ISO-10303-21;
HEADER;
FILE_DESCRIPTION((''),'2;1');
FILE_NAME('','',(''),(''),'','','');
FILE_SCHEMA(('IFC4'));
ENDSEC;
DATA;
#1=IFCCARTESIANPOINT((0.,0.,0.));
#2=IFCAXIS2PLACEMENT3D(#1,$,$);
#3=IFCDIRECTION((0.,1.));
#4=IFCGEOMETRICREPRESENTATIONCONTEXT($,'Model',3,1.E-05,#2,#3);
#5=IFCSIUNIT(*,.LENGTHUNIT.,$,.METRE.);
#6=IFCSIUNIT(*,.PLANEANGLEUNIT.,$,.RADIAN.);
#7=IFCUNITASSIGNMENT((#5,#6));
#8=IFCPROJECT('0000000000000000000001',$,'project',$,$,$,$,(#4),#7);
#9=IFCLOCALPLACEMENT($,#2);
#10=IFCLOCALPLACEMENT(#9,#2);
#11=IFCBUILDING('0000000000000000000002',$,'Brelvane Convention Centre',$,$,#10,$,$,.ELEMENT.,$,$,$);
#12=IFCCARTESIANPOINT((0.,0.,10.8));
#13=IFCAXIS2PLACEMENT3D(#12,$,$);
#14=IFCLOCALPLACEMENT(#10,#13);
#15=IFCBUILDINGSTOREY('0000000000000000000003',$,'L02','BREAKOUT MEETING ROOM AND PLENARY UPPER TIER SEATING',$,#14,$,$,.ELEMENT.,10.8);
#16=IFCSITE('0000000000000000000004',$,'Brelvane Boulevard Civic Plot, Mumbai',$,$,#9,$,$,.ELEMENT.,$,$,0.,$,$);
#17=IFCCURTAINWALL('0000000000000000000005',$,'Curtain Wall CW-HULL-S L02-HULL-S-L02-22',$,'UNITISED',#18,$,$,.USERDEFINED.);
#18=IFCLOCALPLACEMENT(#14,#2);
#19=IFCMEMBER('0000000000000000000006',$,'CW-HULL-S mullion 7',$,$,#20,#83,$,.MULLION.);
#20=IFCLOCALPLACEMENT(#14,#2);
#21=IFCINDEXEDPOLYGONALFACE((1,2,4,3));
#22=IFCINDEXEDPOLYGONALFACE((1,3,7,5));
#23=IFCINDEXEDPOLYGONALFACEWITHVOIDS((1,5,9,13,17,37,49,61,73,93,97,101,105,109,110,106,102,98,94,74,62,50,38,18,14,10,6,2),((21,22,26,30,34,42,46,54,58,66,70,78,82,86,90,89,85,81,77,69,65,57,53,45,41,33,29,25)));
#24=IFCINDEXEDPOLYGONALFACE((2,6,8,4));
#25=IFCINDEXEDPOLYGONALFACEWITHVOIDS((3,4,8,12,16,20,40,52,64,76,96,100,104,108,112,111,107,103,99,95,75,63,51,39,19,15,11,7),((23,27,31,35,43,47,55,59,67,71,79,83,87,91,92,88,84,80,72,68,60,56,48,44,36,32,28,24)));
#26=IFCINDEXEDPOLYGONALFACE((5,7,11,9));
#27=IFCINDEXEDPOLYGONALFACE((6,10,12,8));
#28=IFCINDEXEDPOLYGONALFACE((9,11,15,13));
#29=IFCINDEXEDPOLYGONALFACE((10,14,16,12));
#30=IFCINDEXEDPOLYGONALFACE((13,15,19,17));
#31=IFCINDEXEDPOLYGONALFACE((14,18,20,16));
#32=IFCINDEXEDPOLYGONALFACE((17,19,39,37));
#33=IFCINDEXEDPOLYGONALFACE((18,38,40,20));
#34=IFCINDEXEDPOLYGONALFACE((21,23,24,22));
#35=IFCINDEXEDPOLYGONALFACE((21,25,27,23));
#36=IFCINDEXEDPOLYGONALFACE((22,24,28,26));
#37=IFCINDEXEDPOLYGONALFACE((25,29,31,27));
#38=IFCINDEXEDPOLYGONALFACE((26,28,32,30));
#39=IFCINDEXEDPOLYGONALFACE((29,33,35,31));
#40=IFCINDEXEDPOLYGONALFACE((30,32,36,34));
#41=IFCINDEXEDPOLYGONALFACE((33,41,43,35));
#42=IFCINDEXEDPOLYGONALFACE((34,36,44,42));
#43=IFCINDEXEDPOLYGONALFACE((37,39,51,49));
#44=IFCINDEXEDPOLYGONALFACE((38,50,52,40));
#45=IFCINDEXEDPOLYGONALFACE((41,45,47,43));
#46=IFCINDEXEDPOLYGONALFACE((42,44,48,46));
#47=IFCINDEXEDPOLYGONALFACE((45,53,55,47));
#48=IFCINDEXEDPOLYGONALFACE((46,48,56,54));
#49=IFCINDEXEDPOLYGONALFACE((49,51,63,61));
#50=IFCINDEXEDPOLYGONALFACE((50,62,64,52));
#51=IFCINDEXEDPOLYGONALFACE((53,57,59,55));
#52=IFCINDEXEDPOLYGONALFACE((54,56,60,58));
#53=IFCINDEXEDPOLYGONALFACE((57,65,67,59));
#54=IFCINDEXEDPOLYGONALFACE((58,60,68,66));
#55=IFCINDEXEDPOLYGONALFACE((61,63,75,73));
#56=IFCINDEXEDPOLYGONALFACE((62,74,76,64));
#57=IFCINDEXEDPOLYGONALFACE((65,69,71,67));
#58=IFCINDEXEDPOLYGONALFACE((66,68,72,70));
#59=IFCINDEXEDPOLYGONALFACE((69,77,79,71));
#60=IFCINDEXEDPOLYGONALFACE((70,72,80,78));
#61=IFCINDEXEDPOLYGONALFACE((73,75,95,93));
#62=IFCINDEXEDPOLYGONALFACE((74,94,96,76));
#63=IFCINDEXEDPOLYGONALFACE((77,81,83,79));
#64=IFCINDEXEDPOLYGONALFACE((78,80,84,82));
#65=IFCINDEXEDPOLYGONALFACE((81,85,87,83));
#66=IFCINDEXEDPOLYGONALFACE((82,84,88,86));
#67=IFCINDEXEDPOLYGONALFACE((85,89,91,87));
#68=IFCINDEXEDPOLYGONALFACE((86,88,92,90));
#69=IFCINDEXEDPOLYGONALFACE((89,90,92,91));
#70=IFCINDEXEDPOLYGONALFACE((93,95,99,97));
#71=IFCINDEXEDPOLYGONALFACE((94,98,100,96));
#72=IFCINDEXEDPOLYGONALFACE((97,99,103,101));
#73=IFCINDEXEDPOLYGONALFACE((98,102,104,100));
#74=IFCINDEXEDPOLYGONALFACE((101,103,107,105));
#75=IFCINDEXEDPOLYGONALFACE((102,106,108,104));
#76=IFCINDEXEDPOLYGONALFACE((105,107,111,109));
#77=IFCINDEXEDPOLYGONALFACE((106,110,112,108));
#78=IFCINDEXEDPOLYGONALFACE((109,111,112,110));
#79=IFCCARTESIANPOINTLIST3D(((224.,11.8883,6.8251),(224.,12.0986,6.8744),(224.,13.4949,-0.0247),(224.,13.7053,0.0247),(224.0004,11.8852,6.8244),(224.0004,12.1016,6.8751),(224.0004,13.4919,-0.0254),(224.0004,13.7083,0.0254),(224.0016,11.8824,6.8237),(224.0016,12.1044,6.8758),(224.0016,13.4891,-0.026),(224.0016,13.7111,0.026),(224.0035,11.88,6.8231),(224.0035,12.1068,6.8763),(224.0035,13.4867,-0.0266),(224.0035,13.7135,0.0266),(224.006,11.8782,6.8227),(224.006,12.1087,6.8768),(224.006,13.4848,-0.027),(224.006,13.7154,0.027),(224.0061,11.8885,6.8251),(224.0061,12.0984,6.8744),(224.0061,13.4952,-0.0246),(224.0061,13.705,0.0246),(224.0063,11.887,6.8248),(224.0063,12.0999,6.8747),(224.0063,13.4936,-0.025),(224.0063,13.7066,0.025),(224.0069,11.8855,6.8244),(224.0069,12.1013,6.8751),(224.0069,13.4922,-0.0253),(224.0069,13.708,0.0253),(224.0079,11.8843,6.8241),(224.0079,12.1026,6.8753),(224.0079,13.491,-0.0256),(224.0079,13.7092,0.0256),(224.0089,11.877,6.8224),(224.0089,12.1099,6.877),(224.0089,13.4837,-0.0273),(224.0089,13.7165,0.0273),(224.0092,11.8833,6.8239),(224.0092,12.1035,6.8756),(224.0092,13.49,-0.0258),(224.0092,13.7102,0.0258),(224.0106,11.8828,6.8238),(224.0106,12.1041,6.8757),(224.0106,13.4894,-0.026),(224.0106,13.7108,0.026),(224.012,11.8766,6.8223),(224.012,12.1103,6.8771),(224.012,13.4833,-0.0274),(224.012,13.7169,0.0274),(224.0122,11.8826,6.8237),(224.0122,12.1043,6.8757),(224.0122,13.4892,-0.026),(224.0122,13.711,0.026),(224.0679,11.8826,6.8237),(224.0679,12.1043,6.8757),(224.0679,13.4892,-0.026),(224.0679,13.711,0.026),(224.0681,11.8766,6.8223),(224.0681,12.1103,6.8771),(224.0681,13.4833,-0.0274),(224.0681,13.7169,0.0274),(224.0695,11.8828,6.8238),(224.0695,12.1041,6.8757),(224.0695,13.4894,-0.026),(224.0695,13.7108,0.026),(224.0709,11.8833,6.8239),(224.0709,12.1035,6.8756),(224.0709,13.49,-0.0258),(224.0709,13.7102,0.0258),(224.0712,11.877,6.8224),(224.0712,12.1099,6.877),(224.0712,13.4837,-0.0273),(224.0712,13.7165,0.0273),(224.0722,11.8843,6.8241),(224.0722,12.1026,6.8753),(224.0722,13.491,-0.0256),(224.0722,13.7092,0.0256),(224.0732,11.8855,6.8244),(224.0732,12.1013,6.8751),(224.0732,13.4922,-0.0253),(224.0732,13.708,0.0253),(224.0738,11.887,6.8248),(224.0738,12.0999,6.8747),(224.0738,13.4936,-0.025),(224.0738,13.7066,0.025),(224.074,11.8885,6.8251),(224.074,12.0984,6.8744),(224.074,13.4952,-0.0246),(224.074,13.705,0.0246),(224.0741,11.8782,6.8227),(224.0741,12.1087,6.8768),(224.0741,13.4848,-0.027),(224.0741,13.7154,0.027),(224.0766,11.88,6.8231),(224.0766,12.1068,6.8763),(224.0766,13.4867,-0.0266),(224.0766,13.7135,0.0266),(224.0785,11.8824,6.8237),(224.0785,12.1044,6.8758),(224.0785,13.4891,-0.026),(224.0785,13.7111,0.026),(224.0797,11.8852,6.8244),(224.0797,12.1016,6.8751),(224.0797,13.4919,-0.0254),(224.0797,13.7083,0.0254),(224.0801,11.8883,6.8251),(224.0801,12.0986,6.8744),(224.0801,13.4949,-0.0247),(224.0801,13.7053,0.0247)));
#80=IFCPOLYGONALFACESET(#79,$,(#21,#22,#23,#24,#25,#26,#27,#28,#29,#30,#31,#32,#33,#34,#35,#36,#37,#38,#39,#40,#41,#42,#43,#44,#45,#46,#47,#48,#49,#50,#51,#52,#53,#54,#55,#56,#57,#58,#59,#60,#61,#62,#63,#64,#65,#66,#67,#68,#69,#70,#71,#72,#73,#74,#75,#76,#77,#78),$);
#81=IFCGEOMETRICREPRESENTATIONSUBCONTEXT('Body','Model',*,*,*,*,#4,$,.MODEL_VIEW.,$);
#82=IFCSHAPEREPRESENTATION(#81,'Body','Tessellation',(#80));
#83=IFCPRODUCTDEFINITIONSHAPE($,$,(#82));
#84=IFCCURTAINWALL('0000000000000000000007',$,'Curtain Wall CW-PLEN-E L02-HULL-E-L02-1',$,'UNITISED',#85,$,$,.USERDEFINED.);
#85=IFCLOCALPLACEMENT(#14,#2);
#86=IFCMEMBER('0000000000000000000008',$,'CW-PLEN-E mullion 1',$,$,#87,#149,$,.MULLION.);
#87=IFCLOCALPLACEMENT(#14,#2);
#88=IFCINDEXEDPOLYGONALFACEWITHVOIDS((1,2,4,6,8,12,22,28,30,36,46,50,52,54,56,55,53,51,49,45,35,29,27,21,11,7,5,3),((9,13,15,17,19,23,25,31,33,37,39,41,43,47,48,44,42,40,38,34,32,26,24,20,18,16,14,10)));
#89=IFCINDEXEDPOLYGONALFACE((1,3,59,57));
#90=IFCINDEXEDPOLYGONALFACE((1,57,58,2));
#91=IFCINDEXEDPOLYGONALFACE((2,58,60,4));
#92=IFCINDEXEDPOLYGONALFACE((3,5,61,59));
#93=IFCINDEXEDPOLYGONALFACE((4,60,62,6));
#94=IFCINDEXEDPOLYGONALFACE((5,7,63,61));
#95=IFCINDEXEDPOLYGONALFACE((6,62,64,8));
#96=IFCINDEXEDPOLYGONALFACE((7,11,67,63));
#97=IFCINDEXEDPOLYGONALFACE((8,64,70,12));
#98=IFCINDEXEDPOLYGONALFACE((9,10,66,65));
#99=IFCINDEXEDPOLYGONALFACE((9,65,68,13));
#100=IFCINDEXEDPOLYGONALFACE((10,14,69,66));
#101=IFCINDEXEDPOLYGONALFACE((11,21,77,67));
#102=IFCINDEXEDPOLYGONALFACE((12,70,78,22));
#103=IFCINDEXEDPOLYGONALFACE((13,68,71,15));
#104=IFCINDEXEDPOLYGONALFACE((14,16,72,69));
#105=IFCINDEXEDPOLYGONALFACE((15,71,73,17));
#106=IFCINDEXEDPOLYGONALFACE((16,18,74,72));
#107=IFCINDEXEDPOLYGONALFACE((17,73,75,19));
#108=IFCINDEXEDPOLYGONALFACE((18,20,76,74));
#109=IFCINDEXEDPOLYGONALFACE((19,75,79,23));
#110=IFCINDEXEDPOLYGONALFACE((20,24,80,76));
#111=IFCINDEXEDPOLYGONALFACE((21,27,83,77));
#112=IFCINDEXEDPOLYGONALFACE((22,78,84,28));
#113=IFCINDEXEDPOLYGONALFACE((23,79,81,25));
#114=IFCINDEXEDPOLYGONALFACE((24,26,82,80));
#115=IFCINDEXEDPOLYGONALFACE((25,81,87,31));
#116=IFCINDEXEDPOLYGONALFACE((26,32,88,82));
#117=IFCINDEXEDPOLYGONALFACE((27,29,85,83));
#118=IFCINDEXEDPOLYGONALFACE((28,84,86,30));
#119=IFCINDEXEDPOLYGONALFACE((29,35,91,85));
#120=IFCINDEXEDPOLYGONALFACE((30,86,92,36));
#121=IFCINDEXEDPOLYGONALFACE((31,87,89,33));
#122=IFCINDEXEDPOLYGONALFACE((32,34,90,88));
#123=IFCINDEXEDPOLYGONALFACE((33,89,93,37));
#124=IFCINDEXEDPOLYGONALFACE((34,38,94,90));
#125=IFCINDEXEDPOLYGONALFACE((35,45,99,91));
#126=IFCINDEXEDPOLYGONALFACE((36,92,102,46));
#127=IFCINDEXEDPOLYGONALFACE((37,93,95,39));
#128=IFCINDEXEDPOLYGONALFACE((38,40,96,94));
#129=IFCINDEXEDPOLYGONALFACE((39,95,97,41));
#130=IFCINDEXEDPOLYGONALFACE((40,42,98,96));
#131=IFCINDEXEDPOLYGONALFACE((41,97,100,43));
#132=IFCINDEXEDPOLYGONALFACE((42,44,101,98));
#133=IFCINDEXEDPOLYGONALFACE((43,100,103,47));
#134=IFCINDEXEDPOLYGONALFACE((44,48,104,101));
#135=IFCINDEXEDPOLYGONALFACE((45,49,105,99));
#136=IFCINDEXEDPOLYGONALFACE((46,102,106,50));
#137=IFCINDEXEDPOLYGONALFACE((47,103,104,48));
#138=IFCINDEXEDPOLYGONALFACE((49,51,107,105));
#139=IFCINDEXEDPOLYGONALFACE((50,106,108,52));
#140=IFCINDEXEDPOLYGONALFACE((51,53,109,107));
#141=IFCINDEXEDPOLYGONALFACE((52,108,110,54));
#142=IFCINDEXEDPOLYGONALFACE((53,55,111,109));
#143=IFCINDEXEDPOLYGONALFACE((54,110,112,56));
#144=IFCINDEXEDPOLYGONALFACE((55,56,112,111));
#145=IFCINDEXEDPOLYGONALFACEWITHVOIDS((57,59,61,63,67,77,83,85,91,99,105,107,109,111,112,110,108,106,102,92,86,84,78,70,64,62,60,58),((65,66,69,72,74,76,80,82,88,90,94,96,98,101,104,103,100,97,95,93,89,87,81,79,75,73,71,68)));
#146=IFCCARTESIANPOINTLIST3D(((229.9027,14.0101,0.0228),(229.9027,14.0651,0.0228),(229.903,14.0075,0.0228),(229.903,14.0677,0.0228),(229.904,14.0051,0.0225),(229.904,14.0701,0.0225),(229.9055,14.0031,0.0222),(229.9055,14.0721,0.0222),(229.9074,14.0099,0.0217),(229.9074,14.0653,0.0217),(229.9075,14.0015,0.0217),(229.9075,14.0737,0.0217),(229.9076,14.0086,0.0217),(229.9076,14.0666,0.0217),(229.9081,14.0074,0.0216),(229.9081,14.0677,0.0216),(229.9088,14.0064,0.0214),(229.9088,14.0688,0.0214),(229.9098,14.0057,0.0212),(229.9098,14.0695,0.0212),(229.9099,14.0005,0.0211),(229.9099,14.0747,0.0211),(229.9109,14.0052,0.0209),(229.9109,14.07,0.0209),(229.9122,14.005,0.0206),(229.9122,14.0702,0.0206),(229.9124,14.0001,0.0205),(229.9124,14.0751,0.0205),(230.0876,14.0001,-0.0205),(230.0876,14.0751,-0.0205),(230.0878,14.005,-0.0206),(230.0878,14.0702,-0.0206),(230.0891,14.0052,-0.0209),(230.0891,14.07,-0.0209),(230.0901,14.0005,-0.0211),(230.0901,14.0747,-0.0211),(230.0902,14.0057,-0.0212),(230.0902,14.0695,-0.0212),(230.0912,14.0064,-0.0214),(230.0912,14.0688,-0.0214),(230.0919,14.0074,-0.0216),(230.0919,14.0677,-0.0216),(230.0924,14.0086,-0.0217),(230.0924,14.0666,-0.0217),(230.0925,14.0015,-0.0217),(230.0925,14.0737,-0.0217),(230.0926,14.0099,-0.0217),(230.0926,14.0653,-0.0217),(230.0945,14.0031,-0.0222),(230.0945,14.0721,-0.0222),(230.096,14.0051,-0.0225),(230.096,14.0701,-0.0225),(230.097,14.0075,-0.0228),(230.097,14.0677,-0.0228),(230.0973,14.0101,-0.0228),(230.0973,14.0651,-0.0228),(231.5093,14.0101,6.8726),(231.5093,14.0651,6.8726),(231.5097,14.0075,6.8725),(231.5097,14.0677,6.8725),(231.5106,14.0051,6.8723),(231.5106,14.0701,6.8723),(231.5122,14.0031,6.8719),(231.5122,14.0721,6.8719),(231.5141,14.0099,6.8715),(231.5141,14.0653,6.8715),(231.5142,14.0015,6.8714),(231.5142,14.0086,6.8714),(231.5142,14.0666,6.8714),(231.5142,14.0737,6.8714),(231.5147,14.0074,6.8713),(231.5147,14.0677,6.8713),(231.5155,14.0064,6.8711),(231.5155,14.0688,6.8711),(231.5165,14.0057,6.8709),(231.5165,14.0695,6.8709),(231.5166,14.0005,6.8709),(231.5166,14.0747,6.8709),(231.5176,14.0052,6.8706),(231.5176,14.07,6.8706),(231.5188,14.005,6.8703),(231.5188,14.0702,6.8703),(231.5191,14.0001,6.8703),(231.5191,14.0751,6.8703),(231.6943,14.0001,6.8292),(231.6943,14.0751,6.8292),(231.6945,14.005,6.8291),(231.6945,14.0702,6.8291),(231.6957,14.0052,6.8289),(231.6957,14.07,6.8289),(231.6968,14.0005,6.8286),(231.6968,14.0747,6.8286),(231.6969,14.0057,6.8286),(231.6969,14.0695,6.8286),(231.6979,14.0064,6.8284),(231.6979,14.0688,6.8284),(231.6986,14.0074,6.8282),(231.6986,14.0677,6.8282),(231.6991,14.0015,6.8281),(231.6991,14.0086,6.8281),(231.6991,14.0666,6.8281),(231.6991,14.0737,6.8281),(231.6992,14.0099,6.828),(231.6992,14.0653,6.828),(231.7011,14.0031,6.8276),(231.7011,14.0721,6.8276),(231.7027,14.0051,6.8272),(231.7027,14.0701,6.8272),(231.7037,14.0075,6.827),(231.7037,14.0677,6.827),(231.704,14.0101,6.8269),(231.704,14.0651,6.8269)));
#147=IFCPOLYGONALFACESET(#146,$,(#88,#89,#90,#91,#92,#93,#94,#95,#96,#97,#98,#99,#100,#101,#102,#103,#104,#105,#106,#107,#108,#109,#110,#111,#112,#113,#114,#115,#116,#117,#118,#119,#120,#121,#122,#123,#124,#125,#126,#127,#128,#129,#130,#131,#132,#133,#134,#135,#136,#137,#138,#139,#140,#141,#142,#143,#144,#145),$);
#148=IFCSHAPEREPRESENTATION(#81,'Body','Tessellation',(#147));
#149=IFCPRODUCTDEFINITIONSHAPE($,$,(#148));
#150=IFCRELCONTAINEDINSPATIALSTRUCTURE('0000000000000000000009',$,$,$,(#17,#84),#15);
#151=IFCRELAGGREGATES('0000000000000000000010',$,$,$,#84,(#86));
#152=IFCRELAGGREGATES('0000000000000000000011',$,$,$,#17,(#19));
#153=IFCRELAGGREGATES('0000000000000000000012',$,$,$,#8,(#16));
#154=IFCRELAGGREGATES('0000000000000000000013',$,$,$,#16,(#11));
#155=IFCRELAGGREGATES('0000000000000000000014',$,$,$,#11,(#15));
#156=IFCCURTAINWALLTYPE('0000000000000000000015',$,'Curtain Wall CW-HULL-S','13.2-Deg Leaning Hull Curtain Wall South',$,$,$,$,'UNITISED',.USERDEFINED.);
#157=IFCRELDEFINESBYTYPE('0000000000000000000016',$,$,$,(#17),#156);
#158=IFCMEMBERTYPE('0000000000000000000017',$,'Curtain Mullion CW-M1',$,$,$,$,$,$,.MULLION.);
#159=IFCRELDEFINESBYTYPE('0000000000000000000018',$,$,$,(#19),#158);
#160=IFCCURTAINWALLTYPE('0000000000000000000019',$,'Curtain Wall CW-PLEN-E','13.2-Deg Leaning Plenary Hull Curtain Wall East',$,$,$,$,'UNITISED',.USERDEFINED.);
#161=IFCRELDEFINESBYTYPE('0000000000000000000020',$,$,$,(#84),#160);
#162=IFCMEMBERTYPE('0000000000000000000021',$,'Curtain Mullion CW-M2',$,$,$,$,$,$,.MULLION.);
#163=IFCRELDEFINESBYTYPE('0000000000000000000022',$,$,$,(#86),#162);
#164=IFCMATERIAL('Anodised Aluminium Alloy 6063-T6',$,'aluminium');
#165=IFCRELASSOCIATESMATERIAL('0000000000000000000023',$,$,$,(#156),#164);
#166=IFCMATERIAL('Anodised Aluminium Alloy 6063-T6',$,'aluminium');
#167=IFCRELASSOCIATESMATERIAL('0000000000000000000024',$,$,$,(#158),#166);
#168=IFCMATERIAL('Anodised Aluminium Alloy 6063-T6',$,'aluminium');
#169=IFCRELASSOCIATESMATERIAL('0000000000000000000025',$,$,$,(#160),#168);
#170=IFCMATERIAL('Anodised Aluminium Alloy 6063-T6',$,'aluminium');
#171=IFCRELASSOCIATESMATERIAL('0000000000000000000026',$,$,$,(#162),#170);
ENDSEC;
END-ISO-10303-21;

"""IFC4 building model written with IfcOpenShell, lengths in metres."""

from ifc_helpers import new_model, si_unit, direction, frame, origin, origin_2d, place, context, subcontext, project, spatial, hollow_rectangle, extrude, material, material_profile, profile_set, type_object, element, aggregate, save


model = new_model("IFC4")

# Units and contexts
model_context = context("Model", 3, precision=1e-05, world=origin(), true_north=direction((0.0, 1.0)))
body_context = subcontext(model_context, "Body", "Model", "MODEL_VIEW")
ifc_project = project(units=[si_unit("LENGTHUNIT", "METRE"), si_unit("PLANEANGLEUNIT", "RADIAN")], contexts=[model_context])

# Site, building, storey
site_placement = place(None, origin())
site = spatial("IfcSite", under=ifc_project, at=site_placement, Name="Brelvane Boulevard Civic Plot, Mumbai", CompositionType="ELEMENT", RefElevation=0.0)
building_placement = place(site_placement, origin())
building = spatial("IfcBuilding", under=site, at=building_placement, Name="Brelvane Convention Centre", CompositionType="ELEMENT")
storey_placement = place(building_placement, frame((0.0, 0.0, 10.8)))
storey = spatial("IfcBuildingStorey", under=building, at=storey_placement, Name="L02", Description="BREAKOUT MEETING ROOM AND PLENARY UPPER TIER SEATING", CompositionType="ELEMENT", Elevation=10.8)

# Curtain walls, members
ifc_material_1 = material(Name="Anodised Aluminium Alloy 6063-T6", Category="aluminium")
curtain_wall_type_1 = type_object("IfcCurtainWallType", Name="Curtain Wall CW-HULL-S", Description="13.2-Deg Leaning Hull Curtain Wall South", ElementType="UNITISED", PredefinedType="USERDEFINED", material=ifc_material_1)
curtain_wall_1_placement = place(storey_placement, origin())
curtain_wall_1 = element("IfcCurtainWall", 1, at=curtain_wall_1_placement, inside=storey, type_object=curtain_wall_type_1, Name="Curtain Wall CW-HULL-S L02-HULL-S-L02-22", ObjectType="UNITISED", PredefinedType="USERDEFINED")
ifc_material_2 = material(Name="Anodised Aluminium Alloy 6063-T6", Category="aluminium")
ifc_material_profile_1 = material_profile(ifc_material_2, hollow_rectangle(XDim=0.0801, YDim=0.24, WallThickness=0.0061, InnerFilletRadius=0.0061, OuterFilletRadius=0.012, at=origin_2d()), Name="ALU-M 240x80x6.0")
ifc_profile_set_1 = profile_set([ifc_material_profile_1], Name="Anodised Aluminium Alloy 6063-T6")
member_type_1 = type_object("IfcMemberType", Name="Curtain Mullion CW-M1", PredefinedType="MULLION", material=ifc_profile_set_1)
member_1_placement = place(storey_placement, frame((224.04, 13.6001, 0.0), z_axis=(0.0, -0.22836, 0.973577), x_axis=(1.0, 0.0, 0.0)))
member_1 = element("IfcMember", 2, at=member_1_placement, type_object=member_type_1, Name="CW-HULL-S mullion 7", PredefinedType="MULLION", context=body_context, shape_type="SweptSolid", body=[
    extrude(hollow_rectangle(XDim=0.0801, YDim=0.24, WallThickness=0.0061, InnerFilletRadius=0.0061, OuterFilletRadius=0.012, at=origin_2d()), origin(), (0.0, 0.0, 1.0), 7.0356),
])
ifc_material_3 = material(Name="Anodised Aluminium Alloy 6063-T6", Category="aluminium")
curtain_wall_type_2 = type_object("IfcCurtainWallType", Name="Curtain Wall CW-PLEN-E", Description="13.2-Deg Leaning Plenary Hull Curtain Wall East", ElementType="UNITISED", PredefinedType="USERDEFINED", material=ifc_material_3)
curtain_wall_2_placement = place(storey_placement, origin())
curtain_wall_2 = element("IfcCurtainWall", 3, at=curtain_wall_2_placement, inside=storey, type_object=curtain_wall_type_2, Name="Curtain Wall CW-PLEN-E L02-HULL-E-L02-1", ObjectType="UNITISED", PredefinedType="USERDEFINED")
ifc_material_4 = material(Name="Anodised Aluminium Alloy 6063-T6", Category="aluminium")
ifc_material_profile_2 = material_profile(ifc_material_4, hollow_rectangle(XDim=0.075, YDim=0.2, WallThickness=0.0049, InnerFilletRadius=0.0049, OuterFilletRadius=0.01, at=origin_2d()), Name="ALU-M 200x75x5.0")
ifc_profile_set_2 = profile_set([ifc_material_profile_2], Name="Anodised Aluminium Alloy 6063-T6")
member_type_2 = type_object("IfcMemberType", Name="Curtain Mullion CW-M2", PredefinedType="MULLION", material=ifc_profile_set_2)
member_2_placement = place(storey_placement, frame((230.0, 14.0376, 0.0), z_axis=(0.22836, 0.0, 0.973577), x_axis=(0.0, 1.0, 0.0)))
member_2 = element("IfcMember", 4, at=member_2_placement, type_object=member_type_2, Name="CW-PLEN-E mullion 1", PredefinedType="MULLION", context=body_context, shape_type="SweptSolid", body=[
    extrude(hollow_rectangle(XDim=0.075, YDim=0.2, WallThickness=0.0049, InnerFilletRadius=0.0049, OuterFilletRadius=0.01, at=origin_2d()), origin(), (0.0, 0.0, 1.0), 7.0356),
])
aggregate(curtain_wall_2, [member_2])

aggregate(curtain_wall_1, [member_1])

save(model, "model.ifc")
